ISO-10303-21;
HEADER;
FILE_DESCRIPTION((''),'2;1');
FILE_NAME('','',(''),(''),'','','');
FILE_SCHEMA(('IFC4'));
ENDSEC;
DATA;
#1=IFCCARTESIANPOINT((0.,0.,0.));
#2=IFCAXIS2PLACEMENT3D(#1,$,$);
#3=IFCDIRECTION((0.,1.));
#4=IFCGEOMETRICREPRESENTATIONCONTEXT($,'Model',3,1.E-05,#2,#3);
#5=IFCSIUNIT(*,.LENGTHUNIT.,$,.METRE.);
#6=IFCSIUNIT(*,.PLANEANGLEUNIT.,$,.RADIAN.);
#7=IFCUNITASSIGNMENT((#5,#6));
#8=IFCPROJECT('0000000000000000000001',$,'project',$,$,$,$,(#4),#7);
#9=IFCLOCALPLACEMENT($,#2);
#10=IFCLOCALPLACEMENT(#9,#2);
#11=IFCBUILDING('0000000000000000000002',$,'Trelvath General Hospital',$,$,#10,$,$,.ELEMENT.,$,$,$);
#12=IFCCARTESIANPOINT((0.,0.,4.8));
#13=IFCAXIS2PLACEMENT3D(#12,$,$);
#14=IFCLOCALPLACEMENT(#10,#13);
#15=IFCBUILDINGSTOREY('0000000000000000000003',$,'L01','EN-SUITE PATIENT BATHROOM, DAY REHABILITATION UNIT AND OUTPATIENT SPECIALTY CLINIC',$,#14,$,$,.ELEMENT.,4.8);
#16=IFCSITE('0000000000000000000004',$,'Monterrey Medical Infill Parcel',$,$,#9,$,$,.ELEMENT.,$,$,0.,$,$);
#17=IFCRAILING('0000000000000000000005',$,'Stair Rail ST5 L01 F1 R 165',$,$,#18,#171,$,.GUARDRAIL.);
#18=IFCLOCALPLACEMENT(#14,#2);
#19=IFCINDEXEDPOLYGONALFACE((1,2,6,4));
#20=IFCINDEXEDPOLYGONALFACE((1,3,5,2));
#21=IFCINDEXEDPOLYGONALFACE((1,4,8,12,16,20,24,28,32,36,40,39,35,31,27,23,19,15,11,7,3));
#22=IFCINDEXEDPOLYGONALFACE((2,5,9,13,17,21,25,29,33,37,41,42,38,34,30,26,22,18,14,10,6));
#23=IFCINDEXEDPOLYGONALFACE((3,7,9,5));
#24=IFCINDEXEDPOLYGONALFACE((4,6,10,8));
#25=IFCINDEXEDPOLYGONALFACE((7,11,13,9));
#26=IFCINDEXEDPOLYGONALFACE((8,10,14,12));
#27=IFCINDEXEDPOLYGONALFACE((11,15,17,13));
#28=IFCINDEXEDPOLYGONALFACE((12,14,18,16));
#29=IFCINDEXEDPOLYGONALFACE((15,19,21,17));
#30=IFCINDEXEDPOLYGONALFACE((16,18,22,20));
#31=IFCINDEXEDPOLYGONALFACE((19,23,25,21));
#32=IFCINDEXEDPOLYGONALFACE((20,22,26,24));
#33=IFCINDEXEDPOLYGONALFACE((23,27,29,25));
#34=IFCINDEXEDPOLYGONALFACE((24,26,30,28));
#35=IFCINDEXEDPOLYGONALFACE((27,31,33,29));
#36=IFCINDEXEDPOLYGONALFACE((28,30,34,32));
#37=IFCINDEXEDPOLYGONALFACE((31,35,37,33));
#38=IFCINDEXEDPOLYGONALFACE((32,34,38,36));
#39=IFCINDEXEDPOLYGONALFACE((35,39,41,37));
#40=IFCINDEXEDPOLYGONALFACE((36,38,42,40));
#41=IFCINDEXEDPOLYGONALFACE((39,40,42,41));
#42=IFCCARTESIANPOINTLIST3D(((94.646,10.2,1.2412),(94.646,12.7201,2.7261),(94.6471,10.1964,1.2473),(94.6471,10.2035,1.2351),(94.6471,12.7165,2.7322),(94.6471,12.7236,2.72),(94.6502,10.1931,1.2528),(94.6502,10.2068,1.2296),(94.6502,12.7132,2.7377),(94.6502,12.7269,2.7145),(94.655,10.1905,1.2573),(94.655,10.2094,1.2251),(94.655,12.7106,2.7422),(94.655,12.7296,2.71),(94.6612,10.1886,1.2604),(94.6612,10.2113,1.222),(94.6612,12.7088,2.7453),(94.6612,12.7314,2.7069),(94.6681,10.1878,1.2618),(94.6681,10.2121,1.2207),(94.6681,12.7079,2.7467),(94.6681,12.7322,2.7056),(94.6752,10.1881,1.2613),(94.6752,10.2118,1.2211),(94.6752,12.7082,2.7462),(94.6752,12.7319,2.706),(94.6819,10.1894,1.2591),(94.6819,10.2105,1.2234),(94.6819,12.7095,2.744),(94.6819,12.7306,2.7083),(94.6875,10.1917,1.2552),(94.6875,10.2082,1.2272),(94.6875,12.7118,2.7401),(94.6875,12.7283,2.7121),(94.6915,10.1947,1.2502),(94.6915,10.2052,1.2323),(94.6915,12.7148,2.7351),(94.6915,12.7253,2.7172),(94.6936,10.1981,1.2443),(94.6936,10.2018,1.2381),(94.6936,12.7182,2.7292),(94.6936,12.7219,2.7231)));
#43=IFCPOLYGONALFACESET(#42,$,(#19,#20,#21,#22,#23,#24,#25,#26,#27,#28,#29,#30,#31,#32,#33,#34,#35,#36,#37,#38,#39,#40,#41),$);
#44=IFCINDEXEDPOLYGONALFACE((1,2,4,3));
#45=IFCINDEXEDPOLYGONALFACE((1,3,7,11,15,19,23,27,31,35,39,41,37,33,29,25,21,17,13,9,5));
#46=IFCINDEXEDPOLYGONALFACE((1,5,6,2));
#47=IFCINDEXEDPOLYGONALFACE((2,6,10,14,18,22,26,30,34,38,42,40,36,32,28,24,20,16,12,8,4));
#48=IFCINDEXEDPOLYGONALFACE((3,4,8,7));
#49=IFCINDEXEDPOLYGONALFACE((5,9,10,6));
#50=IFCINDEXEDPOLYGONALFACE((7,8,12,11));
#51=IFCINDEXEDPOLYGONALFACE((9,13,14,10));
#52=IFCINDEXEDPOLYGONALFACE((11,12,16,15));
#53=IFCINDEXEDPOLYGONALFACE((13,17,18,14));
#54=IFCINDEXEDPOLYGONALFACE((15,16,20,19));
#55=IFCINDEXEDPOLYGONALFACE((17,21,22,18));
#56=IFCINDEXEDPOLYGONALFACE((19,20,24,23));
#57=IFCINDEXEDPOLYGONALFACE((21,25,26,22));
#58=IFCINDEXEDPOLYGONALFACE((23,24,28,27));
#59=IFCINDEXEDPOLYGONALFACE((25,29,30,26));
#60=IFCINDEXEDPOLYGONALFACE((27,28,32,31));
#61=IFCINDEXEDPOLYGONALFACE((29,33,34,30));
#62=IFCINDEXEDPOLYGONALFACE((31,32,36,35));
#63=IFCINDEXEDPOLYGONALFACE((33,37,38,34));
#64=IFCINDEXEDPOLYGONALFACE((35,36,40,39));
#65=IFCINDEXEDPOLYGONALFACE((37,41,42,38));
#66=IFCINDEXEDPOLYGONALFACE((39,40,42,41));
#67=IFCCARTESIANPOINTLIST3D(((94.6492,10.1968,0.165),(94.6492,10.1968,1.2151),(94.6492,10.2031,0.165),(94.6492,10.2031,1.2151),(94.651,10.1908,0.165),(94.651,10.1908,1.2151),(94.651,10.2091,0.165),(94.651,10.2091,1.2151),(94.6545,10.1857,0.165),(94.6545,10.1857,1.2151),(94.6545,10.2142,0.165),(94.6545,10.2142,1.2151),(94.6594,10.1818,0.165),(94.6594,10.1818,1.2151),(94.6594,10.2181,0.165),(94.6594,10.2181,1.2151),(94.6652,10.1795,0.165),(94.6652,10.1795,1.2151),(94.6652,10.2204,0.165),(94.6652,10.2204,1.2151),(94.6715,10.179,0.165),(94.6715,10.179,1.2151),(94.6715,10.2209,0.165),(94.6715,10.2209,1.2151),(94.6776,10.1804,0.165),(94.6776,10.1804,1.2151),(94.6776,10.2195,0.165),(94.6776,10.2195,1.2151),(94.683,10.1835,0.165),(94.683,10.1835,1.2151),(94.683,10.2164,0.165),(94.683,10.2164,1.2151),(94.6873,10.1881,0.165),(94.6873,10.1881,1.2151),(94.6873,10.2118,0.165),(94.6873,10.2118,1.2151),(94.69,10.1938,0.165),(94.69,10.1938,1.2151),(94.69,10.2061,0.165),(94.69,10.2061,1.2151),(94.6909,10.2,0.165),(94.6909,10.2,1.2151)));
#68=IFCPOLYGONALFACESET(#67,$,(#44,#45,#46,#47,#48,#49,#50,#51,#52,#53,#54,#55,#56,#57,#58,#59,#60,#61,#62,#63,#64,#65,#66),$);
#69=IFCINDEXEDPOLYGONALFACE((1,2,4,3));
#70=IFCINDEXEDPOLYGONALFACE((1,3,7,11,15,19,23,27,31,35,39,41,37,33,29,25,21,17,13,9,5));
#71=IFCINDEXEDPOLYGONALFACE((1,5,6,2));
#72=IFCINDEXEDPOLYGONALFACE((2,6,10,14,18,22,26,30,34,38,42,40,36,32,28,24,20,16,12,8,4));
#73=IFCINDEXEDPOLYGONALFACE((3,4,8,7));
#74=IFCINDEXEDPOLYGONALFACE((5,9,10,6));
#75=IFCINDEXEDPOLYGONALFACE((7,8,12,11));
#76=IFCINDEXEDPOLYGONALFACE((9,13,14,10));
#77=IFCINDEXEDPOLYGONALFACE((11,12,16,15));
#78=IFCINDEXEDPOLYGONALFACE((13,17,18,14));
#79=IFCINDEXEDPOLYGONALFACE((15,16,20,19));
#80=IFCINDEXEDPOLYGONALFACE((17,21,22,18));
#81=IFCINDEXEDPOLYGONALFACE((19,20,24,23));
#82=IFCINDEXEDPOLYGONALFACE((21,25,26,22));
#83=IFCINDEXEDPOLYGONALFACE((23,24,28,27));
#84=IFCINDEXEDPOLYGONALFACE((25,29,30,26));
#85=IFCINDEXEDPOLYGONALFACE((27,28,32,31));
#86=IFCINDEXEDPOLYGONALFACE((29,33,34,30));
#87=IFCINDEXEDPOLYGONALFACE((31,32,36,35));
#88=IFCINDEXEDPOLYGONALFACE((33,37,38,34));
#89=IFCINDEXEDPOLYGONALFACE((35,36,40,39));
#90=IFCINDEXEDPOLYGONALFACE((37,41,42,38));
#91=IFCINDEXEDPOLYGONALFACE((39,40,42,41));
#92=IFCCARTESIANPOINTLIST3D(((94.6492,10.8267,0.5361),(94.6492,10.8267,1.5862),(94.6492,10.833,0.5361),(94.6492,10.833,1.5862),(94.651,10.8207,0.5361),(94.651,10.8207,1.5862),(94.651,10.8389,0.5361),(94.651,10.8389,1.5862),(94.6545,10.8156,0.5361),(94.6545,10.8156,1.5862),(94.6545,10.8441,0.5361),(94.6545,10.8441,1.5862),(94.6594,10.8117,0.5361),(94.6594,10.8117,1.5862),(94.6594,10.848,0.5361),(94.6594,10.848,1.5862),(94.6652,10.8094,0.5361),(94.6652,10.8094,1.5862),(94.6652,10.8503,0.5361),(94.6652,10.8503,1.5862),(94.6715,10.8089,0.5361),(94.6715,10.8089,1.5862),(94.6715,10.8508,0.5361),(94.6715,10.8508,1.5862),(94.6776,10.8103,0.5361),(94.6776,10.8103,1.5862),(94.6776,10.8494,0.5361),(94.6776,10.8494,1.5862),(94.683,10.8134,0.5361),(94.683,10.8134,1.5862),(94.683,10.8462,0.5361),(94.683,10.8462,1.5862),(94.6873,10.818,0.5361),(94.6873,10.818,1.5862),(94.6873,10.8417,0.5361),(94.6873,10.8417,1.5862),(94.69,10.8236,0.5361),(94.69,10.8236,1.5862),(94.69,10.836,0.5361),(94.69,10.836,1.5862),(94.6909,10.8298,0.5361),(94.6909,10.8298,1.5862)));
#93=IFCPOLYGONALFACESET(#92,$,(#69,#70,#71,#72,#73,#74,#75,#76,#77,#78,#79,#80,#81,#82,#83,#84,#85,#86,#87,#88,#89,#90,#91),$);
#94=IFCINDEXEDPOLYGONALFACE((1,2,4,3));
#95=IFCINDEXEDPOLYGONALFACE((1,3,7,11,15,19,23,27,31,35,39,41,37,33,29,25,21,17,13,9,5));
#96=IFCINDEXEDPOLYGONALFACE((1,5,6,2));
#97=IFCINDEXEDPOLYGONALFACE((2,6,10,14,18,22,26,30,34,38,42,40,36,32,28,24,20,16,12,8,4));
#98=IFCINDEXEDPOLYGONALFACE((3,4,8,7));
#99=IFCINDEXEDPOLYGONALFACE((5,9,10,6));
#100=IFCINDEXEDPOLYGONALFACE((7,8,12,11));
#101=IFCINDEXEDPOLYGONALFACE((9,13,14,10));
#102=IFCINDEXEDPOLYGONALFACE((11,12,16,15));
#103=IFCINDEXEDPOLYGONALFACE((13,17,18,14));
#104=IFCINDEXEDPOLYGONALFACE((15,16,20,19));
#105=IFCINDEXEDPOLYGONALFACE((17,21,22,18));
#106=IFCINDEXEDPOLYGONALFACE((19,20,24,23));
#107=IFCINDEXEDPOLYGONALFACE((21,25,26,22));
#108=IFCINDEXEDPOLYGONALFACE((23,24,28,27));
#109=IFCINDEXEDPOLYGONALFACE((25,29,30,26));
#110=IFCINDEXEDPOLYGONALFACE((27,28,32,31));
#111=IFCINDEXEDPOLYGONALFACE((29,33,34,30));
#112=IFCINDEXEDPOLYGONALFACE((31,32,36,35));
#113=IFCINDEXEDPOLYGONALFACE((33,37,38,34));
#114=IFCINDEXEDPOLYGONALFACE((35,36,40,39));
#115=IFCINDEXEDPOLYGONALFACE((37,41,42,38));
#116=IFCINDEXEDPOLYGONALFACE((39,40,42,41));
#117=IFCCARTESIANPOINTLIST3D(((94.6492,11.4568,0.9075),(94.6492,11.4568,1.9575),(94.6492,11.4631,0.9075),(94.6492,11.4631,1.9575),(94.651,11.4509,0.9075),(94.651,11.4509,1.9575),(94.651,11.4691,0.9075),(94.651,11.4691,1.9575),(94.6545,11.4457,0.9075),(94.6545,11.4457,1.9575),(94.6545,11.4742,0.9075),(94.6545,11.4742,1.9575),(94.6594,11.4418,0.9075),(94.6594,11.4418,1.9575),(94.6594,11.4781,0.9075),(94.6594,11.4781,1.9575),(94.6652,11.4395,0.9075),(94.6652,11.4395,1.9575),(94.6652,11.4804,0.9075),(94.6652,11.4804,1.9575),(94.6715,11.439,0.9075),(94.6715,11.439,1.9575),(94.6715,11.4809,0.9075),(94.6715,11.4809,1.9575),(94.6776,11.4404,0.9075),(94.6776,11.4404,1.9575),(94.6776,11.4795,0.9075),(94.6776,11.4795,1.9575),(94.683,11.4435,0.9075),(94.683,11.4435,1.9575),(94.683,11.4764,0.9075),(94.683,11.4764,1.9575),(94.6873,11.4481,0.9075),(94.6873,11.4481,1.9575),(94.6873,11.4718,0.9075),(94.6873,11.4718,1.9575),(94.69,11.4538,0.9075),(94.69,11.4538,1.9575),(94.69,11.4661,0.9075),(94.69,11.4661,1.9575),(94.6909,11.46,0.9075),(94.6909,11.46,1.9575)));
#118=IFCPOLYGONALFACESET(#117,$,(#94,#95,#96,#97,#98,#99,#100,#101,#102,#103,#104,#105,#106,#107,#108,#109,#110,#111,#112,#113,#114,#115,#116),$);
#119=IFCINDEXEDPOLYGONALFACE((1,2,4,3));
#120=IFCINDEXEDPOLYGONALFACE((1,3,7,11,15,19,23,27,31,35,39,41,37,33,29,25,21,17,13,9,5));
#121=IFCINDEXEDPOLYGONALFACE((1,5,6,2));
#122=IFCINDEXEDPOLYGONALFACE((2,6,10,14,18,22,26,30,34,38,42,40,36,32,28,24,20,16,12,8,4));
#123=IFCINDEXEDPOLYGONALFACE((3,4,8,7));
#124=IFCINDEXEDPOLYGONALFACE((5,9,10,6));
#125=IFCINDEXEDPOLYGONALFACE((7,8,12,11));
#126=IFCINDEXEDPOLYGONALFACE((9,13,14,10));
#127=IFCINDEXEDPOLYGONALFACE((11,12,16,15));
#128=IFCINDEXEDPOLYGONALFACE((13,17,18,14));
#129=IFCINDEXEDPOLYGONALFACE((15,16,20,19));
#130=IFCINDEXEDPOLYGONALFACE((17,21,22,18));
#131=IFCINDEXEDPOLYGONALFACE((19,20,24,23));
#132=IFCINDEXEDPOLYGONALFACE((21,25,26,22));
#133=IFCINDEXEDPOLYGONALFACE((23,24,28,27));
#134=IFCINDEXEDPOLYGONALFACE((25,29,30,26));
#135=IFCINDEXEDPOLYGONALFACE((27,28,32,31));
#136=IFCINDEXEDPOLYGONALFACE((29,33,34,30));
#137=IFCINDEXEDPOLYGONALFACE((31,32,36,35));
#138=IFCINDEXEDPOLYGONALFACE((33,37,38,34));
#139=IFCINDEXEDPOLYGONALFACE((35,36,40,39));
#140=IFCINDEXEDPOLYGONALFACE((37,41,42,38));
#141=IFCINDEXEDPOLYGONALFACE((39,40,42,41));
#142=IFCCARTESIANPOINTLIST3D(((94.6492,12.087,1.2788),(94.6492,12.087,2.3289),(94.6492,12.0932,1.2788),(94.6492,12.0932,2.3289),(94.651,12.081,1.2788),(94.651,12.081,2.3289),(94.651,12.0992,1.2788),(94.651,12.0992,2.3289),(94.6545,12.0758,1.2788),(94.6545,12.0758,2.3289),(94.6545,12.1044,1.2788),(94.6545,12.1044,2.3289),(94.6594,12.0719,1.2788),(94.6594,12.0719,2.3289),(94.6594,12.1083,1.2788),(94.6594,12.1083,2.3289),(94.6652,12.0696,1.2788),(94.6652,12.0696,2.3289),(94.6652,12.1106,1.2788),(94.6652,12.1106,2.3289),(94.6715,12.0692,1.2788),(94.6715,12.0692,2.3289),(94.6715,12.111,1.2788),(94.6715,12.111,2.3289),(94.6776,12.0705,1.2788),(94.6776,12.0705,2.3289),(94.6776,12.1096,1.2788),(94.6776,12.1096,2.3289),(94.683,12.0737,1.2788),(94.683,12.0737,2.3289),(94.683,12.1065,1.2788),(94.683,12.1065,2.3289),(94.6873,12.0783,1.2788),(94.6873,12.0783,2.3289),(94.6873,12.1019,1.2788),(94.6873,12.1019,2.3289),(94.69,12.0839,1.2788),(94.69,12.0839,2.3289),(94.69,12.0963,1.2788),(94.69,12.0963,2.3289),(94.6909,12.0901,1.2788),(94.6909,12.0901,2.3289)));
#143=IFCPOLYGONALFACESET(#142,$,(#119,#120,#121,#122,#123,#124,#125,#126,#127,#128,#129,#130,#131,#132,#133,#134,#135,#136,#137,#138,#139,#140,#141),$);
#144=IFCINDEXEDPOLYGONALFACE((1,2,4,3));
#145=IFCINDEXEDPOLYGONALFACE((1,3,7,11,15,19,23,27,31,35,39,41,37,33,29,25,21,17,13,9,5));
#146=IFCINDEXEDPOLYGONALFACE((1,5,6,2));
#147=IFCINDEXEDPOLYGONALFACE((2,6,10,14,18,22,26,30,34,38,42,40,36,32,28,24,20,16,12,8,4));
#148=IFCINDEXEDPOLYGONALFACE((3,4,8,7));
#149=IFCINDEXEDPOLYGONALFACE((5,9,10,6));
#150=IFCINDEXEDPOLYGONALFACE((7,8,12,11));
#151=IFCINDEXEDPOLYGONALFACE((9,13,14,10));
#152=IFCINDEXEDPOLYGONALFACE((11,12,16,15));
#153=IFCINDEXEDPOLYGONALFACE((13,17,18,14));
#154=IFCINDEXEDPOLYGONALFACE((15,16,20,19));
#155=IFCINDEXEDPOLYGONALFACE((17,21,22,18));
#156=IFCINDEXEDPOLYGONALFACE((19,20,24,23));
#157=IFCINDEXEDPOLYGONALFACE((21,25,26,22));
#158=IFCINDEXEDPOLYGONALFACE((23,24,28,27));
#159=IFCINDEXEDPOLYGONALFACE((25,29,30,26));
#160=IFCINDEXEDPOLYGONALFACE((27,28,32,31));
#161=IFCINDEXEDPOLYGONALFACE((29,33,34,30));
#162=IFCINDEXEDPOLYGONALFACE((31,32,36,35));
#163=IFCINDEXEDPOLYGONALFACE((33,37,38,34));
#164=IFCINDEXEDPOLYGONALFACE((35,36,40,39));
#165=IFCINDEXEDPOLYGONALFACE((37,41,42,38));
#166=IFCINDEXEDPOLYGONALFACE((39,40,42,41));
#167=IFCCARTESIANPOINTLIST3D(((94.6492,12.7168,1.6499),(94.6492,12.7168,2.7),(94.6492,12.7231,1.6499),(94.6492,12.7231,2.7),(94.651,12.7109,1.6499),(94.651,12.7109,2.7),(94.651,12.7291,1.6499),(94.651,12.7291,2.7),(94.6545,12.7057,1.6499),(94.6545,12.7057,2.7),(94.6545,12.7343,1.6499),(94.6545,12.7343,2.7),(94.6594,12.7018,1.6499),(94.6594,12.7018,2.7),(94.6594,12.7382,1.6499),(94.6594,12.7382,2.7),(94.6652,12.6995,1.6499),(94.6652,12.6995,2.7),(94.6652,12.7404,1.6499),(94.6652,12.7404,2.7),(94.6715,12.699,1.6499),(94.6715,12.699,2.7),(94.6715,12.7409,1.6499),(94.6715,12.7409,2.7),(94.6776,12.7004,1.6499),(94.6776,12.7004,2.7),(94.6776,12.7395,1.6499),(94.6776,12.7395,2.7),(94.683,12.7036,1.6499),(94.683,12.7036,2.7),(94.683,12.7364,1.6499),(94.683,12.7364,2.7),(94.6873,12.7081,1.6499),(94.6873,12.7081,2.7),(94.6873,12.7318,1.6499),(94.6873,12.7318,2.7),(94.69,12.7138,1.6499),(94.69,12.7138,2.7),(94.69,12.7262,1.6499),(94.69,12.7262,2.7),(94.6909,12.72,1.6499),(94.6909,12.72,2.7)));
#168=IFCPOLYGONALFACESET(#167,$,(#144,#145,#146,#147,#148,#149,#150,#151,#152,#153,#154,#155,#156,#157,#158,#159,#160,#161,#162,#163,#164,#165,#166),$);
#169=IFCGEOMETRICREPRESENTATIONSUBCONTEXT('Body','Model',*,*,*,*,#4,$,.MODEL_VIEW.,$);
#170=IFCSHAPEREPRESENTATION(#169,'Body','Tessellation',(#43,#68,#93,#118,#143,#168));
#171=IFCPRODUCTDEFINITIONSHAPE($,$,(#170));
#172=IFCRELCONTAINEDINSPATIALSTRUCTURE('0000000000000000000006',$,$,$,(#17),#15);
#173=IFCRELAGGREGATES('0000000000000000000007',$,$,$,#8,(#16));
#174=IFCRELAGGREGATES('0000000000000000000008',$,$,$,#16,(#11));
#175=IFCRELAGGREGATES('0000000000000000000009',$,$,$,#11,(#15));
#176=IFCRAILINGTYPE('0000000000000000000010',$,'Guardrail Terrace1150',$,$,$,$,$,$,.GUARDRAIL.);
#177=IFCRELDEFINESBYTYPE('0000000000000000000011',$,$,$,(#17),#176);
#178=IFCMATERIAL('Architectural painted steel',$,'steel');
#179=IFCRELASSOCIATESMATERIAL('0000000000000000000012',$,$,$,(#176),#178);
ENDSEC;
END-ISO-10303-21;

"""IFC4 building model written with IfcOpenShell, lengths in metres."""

from ifc_helpers import new_model, si_unit, direction, frame, origin, origin_2d, place, context, subcontext, project, spatial, circle, extrude, material, type_object, element, save


model = new_model("IFC4")

# Units and contexts
model_context = context("Model", 3, precision=1e-05, world=origin(), true_north=direction((0.0, 1.0)))
body_context = subcontext(model_context, "Body", "Model", "MODEL_VIEW")
ifc_project = project(units=[si_unit("LENGTHUNIT", "METRE"), si_unit("PLANEANGLEUNIT", "RADIAN")], contexts=[model_context])

# Site, building, storey
site_placement = place(None, origin())
site = spatial("IfcSite", under=ifc_project, at=site_placement, Name="Monterrey Medical Infill Parcel", CompositionType="ELEMENT", RefElevation=0.0)
building_placement = place(site_placement, origin())
building = spatial("IfcBuilding", under=site, at=building_placement, Name="Trelvath General Hospital", CompositionType="ELEMENT")
storey_placement = place(building_placement, frame((0.0, 0.0, 4.8)))
storey = spatial("IfcBuildingStorey", under=building, at=storey_placement, Name="L01", Description="EN-SUITE PATIENT BATHROOM, DAY REHABILITATION UNIT AND OUTPATIENT SPECIALTY CLINIC", CompositionType="ELEMENT", Elevation=4.8)

# Railing
ifc_material_1 = material(Name="Architectural painted steel", Category="steel")
railing_type_1 = type_object("IfcRailingType", Name="Guardrail Terrace1150", PredefinedType="GUARDRAIL", material=ifc_material_1)
railing_1_placement = place(storey_placement, frame((94.6699, 10.2, 0.165)))
element("IfcRailing", 1, at=railing_1_placement, inside=storey, type_object=railing_type_1, Name="Stair Rail ST5 L01 F1 R 165", PredefinedType="GUARDRAIL", context=body_context, shape_type="SweptSolid", body=[
    extrude(circle(Radius=0.0239, at=origin_2d()), frame((0.0, 0.0, 1.0762), z_axis=(0.0, 0.861561, 0.507655), x_axis=(-1.0, 0.0, 0.0)), (0.0, 0.0, 1.0), 2.925),
    extrude(circle(Radius=0.021, at=origin_2d()), origin(), (0.0, 0.0, 1.0), 1.05),
    extrude(circle(Radius=0.021, at=origin_2d()), frame((0.0, 0.6299, 0.3711)), (0.0, 0.0, 1.0), 1.05),
    extrude(circle(Radius=0.021, at=origin_2d()), frame((0.0, 1.26, 0.7424)), (0.0, 0.0, 1.0), 1.05),
    extrude(circle(Radius=0.021, at=origin_2d()), frame((0.0, 1.8901, 1.1138)), (0.0, 0.0, 1.0), 1.05),
    extrude(circle(Radius=0.021, at=origin_2d()), frame((0.0, 2.52, 1.4849)), (0.0, 0.0, 1.0), 1.05),
])

save(model, "model.ifc")
